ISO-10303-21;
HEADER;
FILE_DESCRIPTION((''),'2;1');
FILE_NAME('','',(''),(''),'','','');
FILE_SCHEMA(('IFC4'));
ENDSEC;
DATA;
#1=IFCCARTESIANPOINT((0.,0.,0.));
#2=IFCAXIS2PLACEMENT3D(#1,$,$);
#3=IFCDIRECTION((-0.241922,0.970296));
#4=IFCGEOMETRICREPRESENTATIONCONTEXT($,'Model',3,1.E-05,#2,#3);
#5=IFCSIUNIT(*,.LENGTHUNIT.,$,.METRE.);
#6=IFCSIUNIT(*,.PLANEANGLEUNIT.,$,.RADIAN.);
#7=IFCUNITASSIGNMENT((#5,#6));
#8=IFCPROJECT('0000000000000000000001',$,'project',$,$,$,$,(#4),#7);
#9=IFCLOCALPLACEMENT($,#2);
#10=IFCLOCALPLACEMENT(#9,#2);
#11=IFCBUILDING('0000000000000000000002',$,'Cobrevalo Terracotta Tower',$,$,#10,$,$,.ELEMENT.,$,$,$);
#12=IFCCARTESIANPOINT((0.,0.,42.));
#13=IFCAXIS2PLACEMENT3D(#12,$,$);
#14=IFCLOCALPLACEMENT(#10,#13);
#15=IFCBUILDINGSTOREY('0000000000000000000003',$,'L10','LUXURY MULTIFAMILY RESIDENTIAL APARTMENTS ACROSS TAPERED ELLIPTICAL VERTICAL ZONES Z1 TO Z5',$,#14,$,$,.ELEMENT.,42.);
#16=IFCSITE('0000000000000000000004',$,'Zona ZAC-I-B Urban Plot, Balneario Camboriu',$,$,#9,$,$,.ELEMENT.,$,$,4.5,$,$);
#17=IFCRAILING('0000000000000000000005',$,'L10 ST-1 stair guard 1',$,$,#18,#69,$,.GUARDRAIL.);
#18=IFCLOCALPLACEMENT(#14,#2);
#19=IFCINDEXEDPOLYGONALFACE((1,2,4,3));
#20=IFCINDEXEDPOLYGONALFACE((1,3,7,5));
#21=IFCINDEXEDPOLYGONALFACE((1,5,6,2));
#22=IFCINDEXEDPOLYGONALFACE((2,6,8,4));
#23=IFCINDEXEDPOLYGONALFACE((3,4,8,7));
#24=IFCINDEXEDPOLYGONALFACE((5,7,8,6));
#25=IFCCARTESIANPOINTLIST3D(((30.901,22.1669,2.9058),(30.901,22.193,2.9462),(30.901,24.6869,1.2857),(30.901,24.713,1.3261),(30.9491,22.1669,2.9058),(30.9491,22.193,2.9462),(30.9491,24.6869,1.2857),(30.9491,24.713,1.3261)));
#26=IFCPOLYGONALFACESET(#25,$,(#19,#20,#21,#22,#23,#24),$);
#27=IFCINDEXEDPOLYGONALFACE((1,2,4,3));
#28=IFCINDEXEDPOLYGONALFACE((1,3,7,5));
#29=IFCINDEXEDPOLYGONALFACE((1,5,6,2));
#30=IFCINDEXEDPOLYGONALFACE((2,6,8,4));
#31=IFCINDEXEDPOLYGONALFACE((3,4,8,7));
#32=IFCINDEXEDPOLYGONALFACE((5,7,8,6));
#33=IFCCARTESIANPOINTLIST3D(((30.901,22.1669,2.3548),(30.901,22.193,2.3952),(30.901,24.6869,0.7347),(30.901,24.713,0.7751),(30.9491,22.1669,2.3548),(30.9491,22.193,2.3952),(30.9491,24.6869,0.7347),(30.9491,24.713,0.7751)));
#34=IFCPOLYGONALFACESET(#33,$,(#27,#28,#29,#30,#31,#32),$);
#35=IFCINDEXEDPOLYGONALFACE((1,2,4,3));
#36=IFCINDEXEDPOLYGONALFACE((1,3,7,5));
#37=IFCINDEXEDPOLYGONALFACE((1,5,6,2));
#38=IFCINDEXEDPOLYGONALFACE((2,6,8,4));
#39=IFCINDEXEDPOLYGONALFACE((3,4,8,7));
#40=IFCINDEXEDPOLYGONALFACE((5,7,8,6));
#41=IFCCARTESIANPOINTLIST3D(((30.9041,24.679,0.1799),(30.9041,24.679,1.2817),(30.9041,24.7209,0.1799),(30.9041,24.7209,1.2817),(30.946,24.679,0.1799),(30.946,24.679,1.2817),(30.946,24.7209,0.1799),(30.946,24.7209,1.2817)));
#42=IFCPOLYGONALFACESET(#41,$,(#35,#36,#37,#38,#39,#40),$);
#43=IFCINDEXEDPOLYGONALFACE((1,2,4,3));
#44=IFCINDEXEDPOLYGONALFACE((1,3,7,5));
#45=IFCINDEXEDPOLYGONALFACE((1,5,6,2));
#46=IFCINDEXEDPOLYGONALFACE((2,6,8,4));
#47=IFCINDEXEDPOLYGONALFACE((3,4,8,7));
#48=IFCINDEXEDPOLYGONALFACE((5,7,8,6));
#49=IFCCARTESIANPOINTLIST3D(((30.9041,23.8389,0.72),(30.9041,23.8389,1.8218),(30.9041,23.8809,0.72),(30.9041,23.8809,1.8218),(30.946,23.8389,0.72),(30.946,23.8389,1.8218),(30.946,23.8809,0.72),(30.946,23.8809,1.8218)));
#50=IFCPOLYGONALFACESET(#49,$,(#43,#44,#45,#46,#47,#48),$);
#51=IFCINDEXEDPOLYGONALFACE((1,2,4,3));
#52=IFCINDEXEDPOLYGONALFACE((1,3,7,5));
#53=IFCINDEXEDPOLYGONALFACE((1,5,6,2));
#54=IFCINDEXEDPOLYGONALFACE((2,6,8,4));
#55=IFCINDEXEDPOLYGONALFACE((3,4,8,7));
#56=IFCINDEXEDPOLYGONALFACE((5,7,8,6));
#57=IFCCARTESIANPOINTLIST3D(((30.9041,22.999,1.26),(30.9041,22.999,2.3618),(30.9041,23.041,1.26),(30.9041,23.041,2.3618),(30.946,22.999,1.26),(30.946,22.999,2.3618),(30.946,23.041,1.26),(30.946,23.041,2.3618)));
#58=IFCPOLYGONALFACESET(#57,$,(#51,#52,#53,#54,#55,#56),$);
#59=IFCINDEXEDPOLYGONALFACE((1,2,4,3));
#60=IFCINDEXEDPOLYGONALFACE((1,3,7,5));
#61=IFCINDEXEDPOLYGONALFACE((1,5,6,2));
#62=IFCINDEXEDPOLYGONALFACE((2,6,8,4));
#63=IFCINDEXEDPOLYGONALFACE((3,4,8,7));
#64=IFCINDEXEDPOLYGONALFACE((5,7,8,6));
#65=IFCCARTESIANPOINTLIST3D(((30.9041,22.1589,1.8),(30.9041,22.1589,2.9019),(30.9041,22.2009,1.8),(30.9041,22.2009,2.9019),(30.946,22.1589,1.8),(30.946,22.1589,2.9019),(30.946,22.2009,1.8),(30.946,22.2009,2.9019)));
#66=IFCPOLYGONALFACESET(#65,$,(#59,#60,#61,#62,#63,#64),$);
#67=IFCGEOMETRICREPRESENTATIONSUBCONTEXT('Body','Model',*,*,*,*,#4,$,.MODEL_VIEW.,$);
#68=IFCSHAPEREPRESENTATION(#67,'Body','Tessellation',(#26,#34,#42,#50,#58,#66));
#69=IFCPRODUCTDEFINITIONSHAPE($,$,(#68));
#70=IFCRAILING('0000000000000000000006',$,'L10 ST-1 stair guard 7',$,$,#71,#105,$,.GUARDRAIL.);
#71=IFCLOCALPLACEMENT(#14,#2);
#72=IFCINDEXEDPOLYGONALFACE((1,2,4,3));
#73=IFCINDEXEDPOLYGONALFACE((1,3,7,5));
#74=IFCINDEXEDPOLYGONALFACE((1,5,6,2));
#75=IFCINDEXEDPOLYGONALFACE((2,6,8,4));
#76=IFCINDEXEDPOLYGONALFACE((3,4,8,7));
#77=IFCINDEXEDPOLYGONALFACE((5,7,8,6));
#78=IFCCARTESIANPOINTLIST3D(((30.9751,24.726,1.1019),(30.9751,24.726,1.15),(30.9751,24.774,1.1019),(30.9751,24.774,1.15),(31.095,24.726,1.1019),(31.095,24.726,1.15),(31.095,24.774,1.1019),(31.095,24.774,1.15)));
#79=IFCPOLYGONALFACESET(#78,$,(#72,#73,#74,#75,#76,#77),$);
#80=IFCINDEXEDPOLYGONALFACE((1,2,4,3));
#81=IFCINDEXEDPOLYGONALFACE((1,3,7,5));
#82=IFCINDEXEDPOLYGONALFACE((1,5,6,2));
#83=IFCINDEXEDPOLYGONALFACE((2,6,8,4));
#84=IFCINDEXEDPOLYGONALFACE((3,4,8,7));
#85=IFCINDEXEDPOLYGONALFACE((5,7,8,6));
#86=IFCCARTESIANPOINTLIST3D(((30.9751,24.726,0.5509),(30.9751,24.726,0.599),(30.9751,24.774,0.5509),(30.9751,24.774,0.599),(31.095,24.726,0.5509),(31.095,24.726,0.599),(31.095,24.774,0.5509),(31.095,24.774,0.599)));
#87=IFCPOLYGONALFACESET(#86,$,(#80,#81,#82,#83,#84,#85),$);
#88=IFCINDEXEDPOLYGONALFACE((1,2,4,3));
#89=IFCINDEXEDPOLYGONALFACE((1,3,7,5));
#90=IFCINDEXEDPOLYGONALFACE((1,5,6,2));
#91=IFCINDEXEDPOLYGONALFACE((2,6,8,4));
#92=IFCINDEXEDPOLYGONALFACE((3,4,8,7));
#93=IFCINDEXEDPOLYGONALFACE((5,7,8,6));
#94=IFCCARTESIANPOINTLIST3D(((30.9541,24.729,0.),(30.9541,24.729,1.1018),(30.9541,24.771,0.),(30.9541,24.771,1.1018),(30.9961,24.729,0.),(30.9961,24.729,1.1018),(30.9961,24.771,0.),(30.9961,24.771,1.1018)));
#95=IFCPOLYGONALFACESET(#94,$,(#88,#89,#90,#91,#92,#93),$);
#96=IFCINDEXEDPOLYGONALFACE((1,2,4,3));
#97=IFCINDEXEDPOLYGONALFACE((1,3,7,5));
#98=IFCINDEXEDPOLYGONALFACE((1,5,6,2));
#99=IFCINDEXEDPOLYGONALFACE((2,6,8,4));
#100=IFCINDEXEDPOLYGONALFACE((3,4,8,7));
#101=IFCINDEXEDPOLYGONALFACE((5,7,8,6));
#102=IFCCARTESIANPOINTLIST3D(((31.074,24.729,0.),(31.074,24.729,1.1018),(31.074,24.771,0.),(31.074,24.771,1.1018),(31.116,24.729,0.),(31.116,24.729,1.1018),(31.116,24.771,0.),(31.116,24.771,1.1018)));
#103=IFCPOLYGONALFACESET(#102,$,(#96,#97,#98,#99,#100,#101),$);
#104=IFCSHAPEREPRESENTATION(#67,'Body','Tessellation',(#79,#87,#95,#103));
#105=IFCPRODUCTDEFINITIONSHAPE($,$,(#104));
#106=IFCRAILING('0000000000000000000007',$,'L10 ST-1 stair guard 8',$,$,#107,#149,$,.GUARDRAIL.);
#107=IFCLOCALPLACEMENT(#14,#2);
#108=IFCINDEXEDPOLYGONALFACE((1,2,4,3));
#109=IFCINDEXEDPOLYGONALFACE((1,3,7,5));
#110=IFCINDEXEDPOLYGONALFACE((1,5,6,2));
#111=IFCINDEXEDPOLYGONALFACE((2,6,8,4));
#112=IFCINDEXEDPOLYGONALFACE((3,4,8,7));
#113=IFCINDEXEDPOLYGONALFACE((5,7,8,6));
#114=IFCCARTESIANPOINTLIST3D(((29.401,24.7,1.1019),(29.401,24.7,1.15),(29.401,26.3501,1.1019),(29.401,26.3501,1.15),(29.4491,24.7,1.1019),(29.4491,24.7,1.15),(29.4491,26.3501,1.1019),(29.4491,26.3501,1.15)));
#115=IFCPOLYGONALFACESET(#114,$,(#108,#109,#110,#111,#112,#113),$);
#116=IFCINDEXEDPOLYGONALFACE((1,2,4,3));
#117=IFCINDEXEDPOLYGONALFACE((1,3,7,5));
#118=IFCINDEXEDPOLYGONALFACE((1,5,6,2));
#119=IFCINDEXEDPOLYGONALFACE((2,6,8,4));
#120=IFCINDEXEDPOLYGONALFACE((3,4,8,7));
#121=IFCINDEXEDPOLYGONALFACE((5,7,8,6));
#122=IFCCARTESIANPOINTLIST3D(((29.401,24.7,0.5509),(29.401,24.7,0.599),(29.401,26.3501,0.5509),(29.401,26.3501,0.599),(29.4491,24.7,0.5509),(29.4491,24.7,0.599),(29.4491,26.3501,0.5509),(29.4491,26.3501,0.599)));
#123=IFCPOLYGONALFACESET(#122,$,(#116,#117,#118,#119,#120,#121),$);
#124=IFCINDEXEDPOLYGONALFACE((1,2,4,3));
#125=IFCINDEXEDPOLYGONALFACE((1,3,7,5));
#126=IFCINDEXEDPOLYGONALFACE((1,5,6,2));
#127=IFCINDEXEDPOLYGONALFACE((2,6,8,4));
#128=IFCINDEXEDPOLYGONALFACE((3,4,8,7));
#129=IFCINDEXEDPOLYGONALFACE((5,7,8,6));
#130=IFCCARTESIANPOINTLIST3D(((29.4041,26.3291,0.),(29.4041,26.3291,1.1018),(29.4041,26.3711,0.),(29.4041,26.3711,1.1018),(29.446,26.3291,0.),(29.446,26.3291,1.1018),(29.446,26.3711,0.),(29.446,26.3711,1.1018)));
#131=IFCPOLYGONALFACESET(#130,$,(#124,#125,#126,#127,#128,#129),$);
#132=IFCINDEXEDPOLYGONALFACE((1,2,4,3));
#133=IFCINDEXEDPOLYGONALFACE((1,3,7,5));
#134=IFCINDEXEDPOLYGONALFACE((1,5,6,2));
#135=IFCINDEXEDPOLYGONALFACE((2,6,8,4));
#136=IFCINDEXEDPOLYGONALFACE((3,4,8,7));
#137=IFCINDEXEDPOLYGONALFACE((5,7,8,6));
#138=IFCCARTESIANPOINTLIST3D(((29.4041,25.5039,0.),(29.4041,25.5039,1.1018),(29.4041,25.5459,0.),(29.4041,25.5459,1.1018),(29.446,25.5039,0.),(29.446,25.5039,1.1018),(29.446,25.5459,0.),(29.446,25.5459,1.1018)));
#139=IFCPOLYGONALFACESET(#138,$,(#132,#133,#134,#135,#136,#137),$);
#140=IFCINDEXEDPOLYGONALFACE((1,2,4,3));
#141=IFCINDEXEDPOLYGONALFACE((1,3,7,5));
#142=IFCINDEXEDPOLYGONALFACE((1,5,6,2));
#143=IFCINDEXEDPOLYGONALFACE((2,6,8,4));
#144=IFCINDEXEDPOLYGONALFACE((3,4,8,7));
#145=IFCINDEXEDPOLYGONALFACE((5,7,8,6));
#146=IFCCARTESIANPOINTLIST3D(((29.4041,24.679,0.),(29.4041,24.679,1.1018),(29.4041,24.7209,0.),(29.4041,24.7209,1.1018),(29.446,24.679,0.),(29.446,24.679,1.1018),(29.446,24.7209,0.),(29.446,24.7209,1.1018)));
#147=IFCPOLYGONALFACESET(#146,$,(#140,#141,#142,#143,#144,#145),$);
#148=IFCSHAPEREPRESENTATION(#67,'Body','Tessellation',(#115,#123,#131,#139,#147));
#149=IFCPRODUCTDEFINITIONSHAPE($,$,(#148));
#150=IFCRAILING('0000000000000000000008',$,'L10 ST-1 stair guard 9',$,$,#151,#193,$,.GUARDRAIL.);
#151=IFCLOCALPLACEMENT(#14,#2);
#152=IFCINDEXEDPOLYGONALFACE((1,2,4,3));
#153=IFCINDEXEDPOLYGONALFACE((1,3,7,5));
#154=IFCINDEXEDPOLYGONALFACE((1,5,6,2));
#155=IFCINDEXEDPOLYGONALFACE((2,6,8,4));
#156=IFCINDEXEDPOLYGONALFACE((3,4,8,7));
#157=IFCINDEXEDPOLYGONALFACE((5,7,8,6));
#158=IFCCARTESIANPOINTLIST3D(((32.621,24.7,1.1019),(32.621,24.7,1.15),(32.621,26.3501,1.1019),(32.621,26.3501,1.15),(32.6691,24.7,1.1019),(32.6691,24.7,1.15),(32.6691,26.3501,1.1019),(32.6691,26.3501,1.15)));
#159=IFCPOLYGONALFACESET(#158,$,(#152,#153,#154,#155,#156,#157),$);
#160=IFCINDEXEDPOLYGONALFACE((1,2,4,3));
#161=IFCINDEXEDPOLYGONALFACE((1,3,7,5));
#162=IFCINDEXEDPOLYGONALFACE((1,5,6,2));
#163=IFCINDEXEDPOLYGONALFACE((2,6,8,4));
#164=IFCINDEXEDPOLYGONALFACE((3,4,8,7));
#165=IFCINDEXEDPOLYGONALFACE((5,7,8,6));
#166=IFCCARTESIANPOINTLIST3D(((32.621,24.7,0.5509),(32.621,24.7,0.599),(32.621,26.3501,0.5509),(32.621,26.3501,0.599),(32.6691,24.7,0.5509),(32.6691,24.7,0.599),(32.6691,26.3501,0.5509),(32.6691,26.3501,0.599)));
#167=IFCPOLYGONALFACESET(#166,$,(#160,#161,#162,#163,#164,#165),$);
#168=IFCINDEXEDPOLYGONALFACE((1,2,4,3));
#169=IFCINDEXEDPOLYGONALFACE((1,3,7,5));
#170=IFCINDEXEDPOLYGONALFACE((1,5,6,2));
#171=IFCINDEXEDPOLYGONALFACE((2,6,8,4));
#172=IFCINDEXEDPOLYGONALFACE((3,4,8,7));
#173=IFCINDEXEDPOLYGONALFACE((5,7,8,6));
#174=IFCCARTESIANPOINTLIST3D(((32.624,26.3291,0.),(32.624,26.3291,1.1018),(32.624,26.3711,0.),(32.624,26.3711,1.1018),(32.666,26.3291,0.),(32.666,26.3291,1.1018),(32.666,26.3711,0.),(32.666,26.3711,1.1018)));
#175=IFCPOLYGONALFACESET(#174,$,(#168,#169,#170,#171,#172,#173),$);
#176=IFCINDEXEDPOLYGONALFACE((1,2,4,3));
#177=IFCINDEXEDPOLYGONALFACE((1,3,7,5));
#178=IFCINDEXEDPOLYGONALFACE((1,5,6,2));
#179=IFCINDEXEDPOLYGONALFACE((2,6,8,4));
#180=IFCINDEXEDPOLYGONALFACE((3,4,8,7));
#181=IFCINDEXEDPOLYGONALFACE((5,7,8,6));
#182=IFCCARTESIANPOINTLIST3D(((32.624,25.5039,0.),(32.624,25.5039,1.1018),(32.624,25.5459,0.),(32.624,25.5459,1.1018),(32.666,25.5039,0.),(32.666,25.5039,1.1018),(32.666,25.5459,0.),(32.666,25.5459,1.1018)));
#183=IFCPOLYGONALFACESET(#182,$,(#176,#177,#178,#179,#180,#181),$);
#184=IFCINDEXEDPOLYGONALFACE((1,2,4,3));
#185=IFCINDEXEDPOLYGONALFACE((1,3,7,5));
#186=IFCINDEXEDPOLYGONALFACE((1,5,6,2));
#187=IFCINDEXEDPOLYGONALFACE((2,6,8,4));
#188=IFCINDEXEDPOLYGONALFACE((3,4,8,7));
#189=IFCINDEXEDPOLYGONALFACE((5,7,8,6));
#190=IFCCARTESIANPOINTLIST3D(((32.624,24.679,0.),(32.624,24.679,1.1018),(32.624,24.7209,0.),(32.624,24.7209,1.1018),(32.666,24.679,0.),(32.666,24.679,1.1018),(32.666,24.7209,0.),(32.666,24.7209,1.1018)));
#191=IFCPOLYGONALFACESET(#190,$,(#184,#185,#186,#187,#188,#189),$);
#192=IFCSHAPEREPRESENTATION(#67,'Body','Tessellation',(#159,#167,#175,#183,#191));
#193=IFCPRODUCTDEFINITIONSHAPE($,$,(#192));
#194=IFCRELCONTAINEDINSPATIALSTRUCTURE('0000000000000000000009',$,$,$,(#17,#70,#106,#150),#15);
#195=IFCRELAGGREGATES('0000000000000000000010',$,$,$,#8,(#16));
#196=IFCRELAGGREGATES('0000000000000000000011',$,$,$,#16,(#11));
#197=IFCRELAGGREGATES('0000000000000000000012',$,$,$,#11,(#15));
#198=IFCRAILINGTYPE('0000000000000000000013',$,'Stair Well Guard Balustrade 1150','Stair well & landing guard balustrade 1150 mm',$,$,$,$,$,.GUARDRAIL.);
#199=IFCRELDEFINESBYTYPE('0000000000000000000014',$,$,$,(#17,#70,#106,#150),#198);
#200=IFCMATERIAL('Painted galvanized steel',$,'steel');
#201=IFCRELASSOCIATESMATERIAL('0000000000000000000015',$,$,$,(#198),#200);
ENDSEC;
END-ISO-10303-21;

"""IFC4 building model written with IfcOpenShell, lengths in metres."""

from ifc_helpers import new_model, si_unit, direction, frame, origin, origin_2d, place, context, subcontext, project, spatial, rectangle, extrude, material, type_object, element, save


model = new_model("IFC4")

# Units and contexts
model_context = context("Model", 3, precision=1e-05, world=origin(), true_north=direction((-0.241922, 0.970296)))
body_context = subcontext(model_context, "Body", "Model", "MODEL_VIEW")
ifc_project = project(units=[si_unit("LENGTHUNIT", "METRE"), si_unit("PLANEANGLEUNIT", "RADIAN")], contexts=[model_context])

# Site, building, storey
site_placement = place(None, origin())
site = spatial("IfcSite", under=ifc_project, at=site_placement, Name="Zona ZAC-I-B Urban Plot, Balneario Camboriu", CompositionType="ELEMENT", RefElevation=4.5)
building_placement = place(site_placement, origin())
building = spatial("IfcBuilding", under=site, at=building_placement, Name="Cobrevalo Terracotta Tower", CompositionType="ELEMENT")
storey_placement = place(building_placement, frame((0.0, 0.0, 42.0)))
storey = spatial("IfcBuildingStorey", under=building, at=storey_placement, Name="L10", Description="LUXURY MULTIFAMILY RESIDENTIAL APARTMENTS ACROSS TAPERED ELLIPTICAL VERTICAL ZONES Z1 TO Z5", CompositionType="ELEMENT", Elevation=42.0)

# Railings
ifc_material_1 = material(Name="Painted galvanized steel", Category="steel")
railing_type_1 = type_object("IfcRailingType", Name="Stair Well Guard Balustrade 1150", Description="Stair well & landing guard balustrade 1150 mm", PredefinedType="GUARDRAIL", material=ifc_material_1)
railing_1_placement = place(storey_placement, frame((30.925, 24.7, 0.1799)))
element("IfcRailing", 1, at=railing_1_placement, inside=storey, type_object=railing_type_1, Name="L10 ST-1 stair guard 1", PredefinedType="GUARDRAIL", context=body_context, shape_type="SweptSolid", body=[
    extrude(rectangle(XDim=0.0481, YDim=0.0481, at=origin_2d()), frame((0.0, 0.0, 1.126), z_axis=(0.0, -0.841163, 0.540782), x_axis=(1.0, 0.0, 0.0)), (0.0, 0.0, 1.0), 2.9958),
    extrude(rectangle(XDim=0.0481, YDim=0.0481, at=origin_2d()), frame((0.0, 0.0, 0.575), z_axis=(0.0, -0.841163, 0.540782), x_axis=(1.0, 0.0, 0.0)), (0.0, 0.0, 1.0), 2.9958),
    extrude(rectangle(XDim=0.042, YDim=0.042, at=origin_2d()), origin(), (0.0, 0.0, 1.0), 1.1018),
    extrude(rectangle(XDim=0.042, YDim=0.042, at=origin_2d()), frame((0.0, -0.8401, 0.54)), (0.0, 0.0, 1.0), 1.1018),
    extrude(rectangle(XDim=0.042, YDim=0.042, at=origin_2d()), frame((0.0, -1.6799, 1.0801)), (0.0, 0.0, 1.0), 1.1018),
    extrude(rectangle(XDim=0.042, YDim=0.042, at=origin_2d()), frame((0.0, -2.52, 1.6201)), (0.0, 0.0, 1.0), 1.1018),
])
railing_2_placement = place(storey_placement, frame((30.9751, 24.75, 0.0)))
element("IfcRailing", 2, at=railing_2_placement, inside=storey, type_object=railing_type_1, Name="L10 ST-1 stair guard 7", PredefinedType="GUARDRAIL", context=body_context, shape_type="SweptSolid", body=[
    extrude(rectangle(XDim=0.0481, YDim=0.0481, at=origin_2d()), frame((0.0, 0.0, 1.126), z_axis=(1.0, 0.0, 0.0), x_axis=(0.0, 1.0, 0.0)), (0.0, 0.0, 1.0), 0.1199),
    extrude(rectangle(XDim=0.0481, YDim=0.0481, at=origin_2d()), frame((0.0, 0.0, 0.575), z_axis=(1.0, 0.0, 0.0), x_axis=(0.0, 1.0, 0.0)), (0.0, 0.0, 1.0), 0.1199),
    extrude(rectangle(XDim=0.042, YDim=0.042, at=origin_2d()), origin(), (0.0, 0.0, 1.0), 1.1018),
    extrude(rectangle(XDim=0.042, YDim=0.042, at=origin_2d()), frame((0.1199, 0.0, 0.0)), (0.0, 0.0, 1.0), 1.1018),
])
for number, where, name in (
    (3, (29.425, 26.3501, 0.0), "L10 ST-1 stair guard 8"),
    (4, (32.645, 26.3501, 0.0), "L10 ST-1 stair guard 9"),
):
    element("IfcRailing", number, at=place(storey_placement, frame(where)), inside=storey, type_object=railing_type_1, Name=name, PredefinedType="GUARDRAIL", context=body_context, shape_type="SweptSolid", body=[
        extrude(rectangle(XDim=0.0481, YDim=0.0481, at=origin_2d()), frame((0.0, 0.0, 1.126), z_axis=(0.0, -1.0, 0.0), x_axis=(1.0, 0.0, 0.0)), (0.0, 0.0, 1.0), 1.6501),
        extrude(rectangle(XDim=0.0481, YDim=0.0481, at=origin_2d()), frame((0.0, 0.0, 0.575), z_axis=(0.0, -1.0, 0.0), x_axis=(1.0, 0.0, 0.0)), (0.0, 0.0, 1.0), 1.6501),
        extrude(rectangle(XDim=0.042, YDim=0.042, at=origin_2d()), origin(), (0.0, 0.0, 1.0), 1.1018),
        extrude(rectangle(XDim=0.042, YDim=0.042, at=origin_2d()), frame((0.0, -0.8252, 0.0)), (0.0, 0.0, 1.0), 1.1018),
        extrude(rectangle(XDim=0.042, YDim=0.042, at=origin_2d()), frame((0.0, -1.6501, 0.0)), (0.0, 0.0, 1.0), 1.1018),
    ])

save(model, "model.ifc")
